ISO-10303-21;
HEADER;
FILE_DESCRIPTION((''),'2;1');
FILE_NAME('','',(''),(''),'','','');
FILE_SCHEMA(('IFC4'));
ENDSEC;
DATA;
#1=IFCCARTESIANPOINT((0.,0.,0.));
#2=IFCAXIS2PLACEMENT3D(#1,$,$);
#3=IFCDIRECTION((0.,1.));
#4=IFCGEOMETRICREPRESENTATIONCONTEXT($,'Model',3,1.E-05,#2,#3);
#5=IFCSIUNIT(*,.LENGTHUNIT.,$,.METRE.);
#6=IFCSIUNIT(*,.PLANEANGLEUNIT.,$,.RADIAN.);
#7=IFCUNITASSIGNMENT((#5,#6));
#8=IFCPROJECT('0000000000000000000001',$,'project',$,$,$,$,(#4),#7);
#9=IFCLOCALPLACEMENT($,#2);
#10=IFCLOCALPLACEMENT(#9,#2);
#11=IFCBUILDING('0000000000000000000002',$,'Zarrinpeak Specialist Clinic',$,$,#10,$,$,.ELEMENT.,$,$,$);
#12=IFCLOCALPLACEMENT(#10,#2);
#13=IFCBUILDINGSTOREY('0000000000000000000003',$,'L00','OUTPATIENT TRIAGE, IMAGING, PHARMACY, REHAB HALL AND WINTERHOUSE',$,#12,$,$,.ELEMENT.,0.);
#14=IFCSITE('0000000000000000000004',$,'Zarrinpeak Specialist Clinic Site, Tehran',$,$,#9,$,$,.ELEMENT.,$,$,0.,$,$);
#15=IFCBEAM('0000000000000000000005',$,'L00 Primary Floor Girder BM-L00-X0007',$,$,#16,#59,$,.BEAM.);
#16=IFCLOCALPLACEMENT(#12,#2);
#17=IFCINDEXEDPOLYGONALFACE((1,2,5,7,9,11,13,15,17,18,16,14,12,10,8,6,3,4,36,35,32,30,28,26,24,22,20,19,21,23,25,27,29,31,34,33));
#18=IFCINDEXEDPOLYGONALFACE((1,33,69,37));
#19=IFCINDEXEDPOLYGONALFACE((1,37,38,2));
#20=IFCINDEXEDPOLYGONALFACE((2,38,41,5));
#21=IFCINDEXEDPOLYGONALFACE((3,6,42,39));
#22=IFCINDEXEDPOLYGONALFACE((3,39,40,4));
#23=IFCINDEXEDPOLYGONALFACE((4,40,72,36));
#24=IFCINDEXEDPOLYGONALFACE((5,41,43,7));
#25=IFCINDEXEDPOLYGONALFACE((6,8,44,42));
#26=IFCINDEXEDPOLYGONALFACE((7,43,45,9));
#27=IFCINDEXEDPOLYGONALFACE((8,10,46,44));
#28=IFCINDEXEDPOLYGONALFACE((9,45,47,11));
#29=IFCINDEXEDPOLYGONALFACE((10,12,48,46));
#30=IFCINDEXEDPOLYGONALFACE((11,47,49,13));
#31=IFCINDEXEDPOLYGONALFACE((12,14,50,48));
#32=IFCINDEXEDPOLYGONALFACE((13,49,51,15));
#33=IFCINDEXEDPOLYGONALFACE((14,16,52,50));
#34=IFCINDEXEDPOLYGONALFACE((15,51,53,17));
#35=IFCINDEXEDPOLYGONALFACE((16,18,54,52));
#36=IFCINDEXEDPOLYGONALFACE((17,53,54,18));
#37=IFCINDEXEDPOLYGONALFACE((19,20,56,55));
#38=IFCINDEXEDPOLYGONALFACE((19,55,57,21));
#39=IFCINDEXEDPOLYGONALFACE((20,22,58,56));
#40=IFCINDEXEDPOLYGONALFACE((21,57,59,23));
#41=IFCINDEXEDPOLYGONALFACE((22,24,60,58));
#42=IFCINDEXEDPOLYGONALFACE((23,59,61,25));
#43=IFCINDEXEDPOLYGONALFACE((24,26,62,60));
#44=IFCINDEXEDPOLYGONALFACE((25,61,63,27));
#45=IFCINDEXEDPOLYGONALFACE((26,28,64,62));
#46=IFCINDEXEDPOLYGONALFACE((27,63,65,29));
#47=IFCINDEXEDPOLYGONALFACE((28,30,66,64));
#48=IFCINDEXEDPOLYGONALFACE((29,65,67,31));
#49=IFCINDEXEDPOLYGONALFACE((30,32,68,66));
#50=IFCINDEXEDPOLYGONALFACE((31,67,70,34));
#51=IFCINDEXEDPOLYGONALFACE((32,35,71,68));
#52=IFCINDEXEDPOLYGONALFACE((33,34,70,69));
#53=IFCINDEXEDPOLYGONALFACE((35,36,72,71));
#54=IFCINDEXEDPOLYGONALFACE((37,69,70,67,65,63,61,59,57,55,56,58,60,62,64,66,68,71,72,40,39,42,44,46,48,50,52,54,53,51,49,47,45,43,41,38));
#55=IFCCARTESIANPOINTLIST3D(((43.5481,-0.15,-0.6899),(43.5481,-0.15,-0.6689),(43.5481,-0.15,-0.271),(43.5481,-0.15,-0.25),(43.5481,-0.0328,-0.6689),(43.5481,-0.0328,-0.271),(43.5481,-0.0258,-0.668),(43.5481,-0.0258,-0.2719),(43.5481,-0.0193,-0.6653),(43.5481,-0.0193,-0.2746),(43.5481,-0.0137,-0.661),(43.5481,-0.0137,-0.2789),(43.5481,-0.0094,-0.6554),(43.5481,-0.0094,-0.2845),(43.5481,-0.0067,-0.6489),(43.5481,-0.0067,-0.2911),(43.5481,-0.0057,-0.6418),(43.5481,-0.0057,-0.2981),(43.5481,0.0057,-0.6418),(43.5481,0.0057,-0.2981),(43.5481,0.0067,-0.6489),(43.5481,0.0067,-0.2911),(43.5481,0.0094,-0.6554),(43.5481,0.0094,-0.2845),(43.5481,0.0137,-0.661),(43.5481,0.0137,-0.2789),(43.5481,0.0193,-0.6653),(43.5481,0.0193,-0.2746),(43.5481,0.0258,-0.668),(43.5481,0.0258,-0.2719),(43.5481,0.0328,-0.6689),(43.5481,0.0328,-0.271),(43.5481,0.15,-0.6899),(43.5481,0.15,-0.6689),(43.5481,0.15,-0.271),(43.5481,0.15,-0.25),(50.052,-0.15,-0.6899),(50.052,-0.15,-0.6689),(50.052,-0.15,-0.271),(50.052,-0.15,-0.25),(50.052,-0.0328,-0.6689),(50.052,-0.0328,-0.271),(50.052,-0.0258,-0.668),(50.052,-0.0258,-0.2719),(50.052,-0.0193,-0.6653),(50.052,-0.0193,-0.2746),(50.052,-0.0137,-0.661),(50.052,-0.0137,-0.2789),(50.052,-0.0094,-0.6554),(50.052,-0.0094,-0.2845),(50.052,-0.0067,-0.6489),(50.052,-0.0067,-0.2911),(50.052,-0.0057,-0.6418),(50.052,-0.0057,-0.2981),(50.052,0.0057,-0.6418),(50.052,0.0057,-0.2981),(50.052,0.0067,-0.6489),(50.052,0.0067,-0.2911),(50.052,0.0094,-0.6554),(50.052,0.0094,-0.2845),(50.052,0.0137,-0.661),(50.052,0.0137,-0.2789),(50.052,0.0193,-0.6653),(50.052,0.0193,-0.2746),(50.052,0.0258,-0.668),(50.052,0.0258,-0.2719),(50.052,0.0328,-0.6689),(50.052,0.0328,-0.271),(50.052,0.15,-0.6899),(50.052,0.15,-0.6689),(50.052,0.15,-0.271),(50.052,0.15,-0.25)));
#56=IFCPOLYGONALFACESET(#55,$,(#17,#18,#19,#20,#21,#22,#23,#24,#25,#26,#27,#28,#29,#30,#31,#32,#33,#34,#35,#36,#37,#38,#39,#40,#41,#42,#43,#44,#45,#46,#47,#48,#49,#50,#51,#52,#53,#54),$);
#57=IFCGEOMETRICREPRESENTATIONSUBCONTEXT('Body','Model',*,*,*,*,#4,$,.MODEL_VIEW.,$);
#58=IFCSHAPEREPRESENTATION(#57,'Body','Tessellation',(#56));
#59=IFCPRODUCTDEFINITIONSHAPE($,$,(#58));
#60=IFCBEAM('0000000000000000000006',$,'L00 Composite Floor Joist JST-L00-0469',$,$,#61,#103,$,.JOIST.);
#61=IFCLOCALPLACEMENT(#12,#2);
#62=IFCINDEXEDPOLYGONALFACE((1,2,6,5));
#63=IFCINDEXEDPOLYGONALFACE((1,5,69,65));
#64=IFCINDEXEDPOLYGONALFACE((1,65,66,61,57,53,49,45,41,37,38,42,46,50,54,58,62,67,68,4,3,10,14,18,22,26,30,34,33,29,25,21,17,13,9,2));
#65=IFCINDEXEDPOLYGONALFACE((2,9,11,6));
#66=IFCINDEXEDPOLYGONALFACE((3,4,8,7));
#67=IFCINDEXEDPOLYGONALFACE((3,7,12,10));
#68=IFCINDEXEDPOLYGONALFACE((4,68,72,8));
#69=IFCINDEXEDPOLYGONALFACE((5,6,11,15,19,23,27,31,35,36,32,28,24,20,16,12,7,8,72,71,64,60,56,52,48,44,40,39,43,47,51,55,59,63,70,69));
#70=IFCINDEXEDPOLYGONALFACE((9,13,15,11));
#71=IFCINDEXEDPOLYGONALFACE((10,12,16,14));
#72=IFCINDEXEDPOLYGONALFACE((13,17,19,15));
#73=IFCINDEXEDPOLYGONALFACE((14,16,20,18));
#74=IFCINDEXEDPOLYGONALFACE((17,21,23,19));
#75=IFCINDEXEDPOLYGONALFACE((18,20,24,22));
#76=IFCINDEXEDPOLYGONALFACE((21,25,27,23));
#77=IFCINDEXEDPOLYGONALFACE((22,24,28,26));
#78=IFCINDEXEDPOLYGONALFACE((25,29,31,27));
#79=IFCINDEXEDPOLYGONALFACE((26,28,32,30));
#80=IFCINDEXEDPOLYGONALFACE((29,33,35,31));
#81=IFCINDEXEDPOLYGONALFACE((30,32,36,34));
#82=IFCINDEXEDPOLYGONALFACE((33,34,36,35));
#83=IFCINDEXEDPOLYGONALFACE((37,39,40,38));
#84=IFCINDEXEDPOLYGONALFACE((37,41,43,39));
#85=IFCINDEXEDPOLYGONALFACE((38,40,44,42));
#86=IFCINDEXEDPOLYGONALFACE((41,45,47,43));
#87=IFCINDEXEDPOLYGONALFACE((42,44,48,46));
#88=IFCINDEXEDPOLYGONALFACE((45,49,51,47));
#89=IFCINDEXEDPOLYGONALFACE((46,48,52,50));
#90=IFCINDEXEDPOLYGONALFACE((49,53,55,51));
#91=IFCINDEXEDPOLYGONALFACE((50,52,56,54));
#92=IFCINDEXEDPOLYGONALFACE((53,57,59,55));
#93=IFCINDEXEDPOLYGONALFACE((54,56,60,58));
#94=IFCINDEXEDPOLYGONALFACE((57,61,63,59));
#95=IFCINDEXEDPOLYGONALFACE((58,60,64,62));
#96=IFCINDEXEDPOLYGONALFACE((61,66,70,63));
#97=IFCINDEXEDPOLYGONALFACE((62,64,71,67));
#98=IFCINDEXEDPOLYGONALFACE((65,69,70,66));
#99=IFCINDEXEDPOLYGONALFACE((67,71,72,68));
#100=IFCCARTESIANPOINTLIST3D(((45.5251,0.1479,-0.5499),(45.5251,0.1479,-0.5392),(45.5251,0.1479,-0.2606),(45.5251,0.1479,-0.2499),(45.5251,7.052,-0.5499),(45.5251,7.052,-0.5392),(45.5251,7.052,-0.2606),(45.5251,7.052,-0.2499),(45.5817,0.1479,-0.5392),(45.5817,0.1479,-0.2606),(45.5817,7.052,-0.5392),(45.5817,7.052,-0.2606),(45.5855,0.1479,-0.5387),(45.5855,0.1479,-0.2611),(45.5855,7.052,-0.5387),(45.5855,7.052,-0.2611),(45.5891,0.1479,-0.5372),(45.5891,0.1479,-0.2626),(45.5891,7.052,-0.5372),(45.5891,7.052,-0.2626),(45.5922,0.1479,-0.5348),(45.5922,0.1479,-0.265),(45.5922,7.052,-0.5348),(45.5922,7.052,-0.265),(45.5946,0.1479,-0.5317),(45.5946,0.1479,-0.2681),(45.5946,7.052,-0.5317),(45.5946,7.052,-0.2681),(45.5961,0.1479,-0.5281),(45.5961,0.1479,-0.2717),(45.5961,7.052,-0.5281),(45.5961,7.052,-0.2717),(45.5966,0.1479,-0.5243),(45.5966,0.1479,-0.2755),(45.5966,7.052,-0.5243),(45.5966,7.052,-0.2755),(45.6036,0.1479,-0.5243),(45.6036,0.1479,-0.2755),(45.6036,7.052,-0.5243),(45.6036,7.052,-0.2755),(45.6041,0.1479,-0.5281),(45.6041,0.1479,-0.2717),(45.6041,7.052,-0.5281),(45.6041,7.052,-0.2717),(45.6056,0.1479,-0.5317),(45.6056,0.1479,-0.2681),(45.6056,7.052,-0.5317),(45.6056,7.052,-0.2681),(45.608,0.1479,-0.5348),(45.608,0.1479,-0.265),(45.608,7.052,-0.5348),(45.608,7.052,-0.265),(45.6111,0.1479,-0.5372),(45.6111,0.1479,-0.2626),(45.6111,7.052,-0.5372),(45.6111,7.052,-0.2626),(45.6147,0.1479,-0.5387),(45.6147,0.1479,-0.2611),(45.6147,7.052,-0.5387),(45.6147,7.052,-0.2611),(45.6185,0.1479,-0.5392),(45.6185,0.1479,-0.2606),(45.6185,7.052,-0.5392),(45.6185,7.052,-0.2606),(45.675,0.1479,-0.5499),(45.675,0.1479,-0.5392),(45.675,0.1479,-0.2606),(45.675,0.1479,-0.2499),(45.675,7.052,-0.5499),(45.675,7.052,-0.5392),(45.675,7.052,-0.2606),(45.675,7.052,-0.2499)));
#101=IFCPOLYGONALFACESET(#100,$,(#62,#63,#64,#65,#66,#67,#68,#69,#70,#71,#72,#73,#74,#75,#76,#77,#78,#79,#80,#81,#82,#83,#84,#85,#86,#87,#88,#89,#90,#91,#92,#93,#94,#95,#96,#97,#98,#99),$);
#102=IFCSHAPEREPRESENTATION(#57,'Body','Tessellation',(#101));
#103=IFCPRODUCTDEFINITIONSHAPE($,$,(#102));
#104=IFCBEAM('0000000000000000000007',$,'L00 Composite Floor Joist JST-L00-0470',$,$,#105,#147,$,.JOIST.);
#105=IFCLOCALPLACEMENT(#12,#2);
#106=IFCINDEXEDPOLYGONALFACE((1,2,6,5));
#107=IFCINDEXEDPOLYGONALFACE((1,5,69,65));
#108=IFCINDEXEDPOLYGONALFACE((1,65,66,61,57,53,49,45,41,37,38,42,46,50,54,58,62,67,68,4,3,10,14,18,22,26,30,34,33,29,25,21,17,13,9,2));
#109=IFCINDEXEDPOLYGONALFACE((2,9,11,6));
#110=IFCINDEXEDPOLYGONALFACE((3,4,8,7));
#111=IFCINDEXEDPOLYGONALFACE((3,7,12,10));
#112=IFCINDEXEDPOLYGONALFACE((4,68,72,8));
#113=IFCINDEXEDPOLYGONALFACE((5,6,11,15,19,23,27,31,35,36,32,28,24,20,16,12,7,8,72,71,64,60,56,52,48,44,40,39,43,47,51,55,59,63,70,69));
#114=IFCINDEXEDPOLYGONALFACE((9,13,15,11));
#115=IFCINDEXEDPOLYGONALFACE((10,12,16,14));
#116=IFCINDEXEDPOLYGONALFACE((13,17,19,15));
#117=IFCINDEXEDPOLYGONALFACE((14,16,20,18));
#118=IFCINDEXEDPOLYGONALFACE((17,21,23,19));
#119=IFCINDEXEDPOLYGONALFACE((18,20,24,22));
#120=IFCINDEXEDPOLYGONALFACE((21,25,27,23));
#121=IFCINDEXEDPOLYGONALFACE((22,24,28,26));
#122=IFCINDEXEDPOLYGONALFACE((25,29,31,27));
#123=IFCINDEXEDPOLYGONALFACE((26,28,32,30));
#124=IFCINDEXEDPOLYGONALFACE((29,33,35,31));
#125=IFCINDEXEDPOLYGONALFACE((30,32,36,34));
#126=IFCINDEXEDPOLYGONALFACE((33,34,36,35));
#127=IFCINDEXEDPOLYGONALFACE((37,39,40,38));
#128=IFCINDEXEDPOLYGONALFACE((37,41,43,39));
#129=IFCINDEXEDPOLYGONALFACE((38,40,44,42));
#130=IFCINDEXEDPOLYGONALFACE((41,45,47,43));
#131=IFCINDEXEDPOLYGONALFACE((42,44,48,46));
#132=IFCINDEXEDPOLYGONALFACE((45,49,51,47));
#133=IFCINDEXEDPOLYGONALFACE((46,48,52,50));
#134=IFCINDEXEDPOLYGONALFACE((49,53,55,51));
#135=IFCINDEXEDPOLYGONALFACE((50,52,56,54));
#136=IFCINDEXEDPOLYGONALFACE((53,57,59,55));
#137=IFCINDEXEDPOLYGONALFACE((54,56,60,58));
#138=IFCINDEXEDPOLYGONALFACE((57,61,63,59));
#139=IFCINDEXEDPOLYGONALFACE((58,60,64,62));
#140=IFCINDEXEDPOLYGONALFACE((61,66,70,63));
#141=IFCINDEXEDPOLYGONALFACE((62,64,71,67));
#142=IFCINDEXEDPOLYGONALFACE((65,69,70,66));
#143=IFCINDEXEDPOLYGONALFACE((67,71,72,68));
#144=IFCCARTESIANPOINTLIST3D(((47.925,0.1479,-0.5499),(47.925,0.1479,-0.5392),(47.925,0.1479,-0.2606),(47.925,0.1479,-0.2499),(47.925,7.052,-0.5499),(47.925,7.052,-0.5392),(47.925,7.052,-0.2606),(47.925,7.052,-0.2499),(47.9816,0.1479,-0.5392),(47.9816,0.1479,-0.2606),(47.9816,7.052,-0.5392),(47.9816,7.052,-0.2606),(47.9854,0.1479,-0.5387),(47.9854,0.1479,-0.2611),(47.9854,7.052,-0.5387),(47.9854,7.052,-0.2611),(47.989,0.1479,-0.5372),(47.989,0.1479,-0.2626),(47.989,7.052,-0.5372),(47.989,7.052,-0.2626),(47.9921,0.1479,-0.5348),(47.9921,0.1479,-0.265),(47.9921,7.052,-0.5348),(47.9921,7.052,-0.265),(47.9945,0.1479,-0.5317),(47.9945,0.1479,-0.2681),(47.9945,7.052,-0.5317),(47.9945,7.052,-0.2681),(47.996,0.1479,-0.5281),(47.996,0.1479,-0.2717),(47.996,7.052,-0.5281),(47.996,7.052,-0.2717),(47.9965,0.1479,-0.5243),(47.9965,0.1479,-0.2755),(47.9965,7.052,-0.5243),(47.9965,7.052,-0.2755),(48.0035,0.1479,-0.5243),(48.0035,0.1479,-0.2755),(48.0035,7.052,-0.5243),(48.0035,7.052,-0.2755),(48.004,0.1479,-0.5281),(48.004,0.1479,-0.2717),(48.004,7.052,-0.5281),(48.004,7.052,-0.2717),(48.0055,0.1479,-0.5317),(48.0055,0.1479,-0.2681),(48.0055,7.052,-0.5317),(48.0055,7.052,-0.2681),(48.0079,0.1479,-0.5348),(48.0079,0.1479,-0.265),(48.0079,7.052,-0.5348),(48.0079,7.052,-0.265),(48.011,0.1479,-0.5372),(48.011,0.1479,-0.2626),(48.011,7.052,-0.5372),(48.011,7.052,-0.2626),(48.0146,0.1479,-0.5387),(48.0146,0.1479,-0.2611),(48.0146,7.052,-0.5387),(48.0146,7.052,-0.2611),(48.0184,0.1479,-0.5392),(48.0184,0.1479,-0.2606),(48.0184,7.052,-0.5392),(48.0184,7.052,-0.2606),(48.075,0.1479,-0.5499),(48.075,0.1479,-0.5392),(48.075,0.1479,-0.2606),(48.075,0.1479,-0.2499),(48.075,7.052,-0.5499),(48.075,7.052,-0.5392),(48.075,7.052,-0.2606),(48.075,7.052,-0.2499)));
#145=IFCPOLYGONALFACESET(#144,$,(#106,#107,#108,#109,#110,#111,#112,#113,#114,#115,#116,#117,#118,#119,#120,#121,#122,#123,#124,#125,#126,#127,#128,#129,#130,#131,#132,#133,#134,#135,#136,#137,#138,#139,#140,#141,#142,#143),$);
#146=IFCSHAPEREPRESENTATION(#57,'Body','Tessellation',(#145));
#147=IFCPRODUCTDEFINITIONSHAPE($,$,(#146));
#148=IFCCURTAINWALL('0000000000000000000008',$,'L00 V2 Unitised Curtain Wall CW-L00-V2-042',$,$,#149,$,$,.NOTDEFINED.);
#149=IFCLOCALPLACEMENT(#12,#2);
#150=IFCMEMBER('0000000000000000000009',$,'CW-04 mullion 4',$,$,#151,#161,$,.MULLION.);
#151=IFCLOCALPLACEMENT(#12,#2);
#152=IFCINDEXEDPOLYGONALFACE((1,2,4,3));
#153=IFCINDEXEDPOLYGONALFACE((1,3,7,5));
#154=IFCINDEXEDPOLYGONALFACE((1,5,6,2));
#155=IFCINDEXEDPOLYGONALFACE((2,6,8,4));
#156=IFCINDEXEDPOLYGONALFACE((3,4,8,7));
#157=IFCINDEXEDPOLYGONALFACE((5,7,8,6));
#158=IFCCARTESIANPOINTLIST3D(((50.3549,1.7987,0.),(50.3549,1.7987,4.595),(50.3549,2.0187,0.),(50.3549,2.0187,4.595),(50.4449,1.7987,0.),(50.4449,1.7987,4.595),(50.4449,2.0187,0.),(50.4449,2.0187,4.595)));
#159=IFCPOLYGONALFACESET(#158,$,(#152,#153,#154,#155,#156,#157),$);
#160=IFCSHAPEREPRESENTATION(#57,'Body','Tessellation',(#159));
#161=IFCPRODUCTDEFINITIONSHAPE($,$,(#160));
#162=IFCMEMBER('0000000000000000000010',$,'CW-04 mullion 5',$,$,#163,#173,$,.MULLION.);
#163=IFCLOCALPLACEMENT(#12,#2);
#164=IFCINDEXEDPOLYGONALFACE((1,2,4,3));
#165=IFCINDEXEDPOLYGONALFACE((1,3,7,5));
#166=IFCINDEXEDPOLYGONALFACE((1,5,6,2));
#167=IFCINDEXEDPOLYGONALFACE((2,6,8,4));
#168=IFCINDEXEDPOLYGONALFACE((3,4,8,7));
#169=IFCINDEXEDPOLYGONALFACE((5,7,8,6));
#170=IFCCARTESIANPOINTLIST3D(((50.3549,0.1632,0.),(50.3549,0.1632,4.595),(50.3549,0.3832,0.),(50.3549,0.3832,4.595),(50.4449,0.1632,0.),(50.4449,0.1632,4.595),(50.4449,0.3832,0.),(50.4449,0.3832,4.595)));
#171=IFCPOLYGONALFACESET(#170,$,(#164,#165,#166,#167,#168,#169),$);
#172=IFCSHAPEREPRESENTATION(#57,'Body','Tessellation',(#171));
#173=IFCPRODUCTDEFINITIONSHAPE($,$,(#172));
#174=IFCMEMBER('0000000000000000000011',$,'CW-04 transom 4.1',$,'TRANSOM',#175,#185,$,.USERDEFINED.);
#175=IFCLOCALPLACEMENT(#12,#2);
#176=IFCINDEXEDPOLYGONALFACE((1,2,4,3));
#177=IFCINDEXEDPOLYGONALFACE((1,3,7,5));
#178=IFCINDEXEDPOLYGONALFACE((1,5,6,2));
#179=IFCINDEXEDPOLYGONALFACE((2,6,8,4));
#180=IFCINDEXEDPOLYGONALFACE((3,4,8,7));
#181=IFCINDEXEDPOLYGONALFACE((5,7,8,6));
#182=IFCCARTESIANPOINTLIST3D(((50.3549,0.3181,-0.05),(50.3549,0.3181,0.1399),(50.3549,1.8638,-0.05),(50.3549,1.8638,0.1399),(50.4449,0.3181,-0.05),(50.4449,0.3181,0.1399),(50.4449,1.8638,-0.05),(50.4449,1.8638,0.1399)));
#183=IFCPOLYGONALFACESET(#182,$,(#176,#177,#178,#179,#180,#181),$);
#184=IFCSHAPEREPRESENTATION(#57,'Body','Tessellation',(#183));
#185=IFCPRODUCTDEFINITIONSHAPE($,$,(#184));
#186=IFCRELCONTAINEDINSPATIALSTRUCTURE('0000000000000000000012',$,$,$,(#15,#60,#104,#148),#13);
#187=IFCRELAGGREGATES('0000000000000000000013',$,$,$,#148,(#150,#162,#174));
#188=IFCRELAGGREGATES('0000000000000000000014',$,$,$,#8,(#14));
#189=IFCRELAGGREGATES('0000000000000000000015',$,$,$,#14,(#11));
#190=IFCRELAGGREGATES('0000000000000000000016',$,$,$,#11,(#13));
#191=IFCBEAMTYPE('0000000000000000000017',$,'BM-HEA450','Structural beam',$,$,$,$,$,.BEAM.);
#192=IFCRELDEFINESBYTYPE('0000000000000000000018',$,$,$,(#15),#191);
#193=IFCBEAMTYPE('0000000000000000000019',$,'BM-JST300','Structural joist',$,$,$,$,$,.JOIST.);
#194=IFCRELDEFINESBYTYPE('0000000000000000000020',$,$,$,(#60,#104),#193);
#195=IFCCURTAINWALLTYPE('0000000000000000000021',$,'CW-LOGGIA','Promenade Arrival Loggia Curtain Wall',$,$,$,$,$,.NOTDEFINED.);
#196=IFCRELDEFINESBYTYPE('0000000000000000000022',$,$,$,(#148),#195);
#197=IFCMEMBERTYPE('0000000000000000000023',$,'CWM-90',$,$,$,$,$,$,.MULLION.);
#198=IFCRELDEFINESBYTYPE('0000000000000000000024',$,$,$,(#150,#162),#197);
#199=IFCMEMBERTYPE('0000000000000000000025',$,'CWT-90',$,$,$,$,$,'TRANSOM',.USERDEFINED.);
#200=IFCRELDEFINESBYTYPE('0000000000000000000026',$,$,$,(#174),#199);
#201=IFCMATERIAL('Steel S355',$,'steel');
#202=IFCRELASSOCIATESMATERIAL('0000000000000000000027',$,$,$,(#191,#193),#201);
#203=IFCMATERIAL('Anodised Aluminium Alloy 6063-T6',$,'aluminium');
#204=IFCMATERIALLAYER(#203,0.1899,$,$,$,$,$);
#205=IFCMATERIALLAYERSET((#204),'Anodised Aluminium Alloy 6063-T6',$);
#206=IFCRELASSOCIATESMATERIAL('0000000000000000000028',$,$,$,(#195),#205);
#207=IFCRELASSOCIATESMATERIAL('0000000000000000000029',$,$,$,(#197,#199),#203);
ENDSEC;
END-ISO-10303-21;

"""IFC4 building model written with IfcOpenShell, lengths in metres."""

from ifc_helpers import new_model, si_unit, direction, frame, origin, origin_2d, place, context, subcontext, project, spatial, rectangle, i_section, extrude, material, layer, layer_set, material_profile, profile_set, type_object, element, aggregate, save


model = new_model("IFC4")

# Units and contexts
model_context = context("Model", 3, precision=1e-05, world=origin(), true_north=direction((0.0, 1.0)))
body_context = subcontext(model_context, "Body", "Model", "MODEL_VIEW")
ifc_project = project(units=[si_unit("LENGTHUNIT", "METRE"), si_unit("PLANEANGLEUNIT", "RADIAN")], contexts=[model_context])

# Site, building, storey
site_placement = place(None, origin())
site = spatial("IfcSite", under=ifc_project, at=site_placement, Name="Zarrinpeak Specialist Clinic Site, Tehran", CompositionType="ELEMENT", RefElevation=0.0)
building_placement = place(site_placement, origin())
building = spatial("IfcBuilding", under=site, at=building_placement, Name="Zarrinpeak Specialist Clinic", CompositionType="ELEMENT")
storey_placement = place(building_placement, origin())
storey = spatial("IfcBuildingStorey", under=building, at=storey_placement, Name="L00", Description="OUTPATIENT TRIAGE, IMAGING, PHARMACY, REHAB HALL AND WINTERHOUSE", CompositionType="ELEMENT", Elevation=0.0)

# Shared definitions
ifc_material_1 = material(Name="Steel S355", Category="steel")

# Beams
ifc_material_profile_1 = material_profile(ifc_material_1, i_section(OverallWidth=0.3, OverallDepth=0.4399, WebThickness=0.0115, FlangeThickness=0.021, FilletRadius=0.0271, at=origin_2d()), Name="HEA 450")
ifc_profile_set_1 = profile_set([ifc_material_profile_1], Name="Steel S355")
beam_type_1 = type_object("IfcBeamType", Name="BM-HEA450", Description="Structural beam", PredefinedType="BEAM", material=ifc_profile_set_1)
beam_1_placement = place(storey_placement, frame((43.5481, 0.0, -0.47), z_axis=(1.0, 0.0, 0.0), x_axis=(0.0, 1.0, 0.0)))
element("IfcBeam", 1, at=beam_1_placement, inside=storey, type_object=beam_type_1, Name="L00 Primary Floor Girder BM-L00-X0007", PredefinedType="BEAM", context=body_context, shape_type="SweptSolid", body=[
    extrude(i_section(OverallWidth=0.3, OverallDepth=0.4399, WebThickness=0.0115, FlangeThickness=0.021, FilletRadius=0.0271, at=origin_2d()), origin(), (0.0, 0.0, 1.0), 6.5039),
])
ifc_material_profile_2 = material_profile(ifc_material_1, i_section(OverallWidth=0.1499, OverallDepth=0.3, WebThickness=0.0071, FlangeThickness=0.0107, FilletRadius=0.0149, at=origin_2d()), Name="IPE 300")
ifc_profile_set_2 = profile_set([ifc_material_profile_2], Name="Steel S355")
beam_type_2 = type_object("IfcBeamType", Name="BM-JST300", Description="Structural joist", PredefinedType="JOIST", material=ifc_profile_set_2)
for number, where, z_axis, x_axis, name in (
    (2, (45.6001, 0.1479, -0.3999), (0.0, 1.0, 0.0), (-1.0, 0.0, 0.0), "L00 Composite Floor Joist JST-L00-0469"),
    (3, (48.0, 0.1479, -0.3999), (0.0, 1.0, 0.0), (-1.0, 0.0, 0.0), "L00 Composite Floor Joist JST-L00-0470"),
):
    element("IfcBeam", number, at=place(storey_placement, frame(where, z_axis=z_axis, x_axis=x_axis)), inside=storey, type_object=beam_type_2, Name=name, PredefinedType="JOIST", context=body_context, shape_type="SweptSolid", body=[
        extrude(i_section(OverallWidth=0.1499, OverallDepth=0.3, WebThickness=0.0071, FlangeThickness=0.0107, FilletRadius=0.0149, at=origin_2d()), origin(), (0.0, 0.0, 1.0), 6.9041),
    ])

# Curtain wall, members
ifc_material_2 = material(Name="Anodised Aluminium Alloy 6063-T6", Category="aluminium")
ifc_layer_1 = layer(ifc_material_2, 0.1899)
ifc_layer_set_1 = layer_set([ifc_layer_1], Name="Anodised Aluminium Alloy 6063-T6")
curtain_wall_type = type_object("IfcCurtainWallType", Name="CW-LOGGIA", Description="Promenade Arrival Loggia Curtain Wall", PredefinedType="NOTDEFINED", material=ifc_layer_set_1)
curtain_wall_placement = place(storey_placement, origin())
curtain_wall = element("IfcCurtainWall", 4, at=curtain_wall_placement, inside=storey, type_object=curtain_wall_type, Name="L00 V2 Unitised Curtain Wall CW-L00-V2-042", PredefinedType="NOTDEFINED")
ifc_material_profile_3 = material_profile(ifc_material_2, rectangle(XDim=0.0901, YDim=0.22, at=origin_2d()), Name="ALU 90x220")
ifc_profile_set_3 = profile_set([ifc_material_profile_3], Name="Anodised Aluminium Alloy 6063-T6")
member_type_1 = type_object("IfcMemberType", Name="CWM-90", PredefinedType="MULLION", material=ifc_profile_set_3)
member_1_placement = place(storey_placement, frame((50.3999, 1.9087, 0.0), z_axis=(0.0, 0.0, 1.0), x_axis=(1.0, 0.0, 0.0)))
member_1 = element("IfcMember", 5, at=member_1_placement, type_object=member_type_1, Name="CW-04 mullion 4", PredefinedType="MULLION", context=body_context, shape_type="SweptSolid", body=[
    extrude(rectangle(XDim=0.0901, YDim=0.22, at=origin_2d()), origin(), (0.0, 0.0, 1.0), 4.595),
])
member_2_placement = place(storey_placement, frame((50.3999, 0.2732, 0.0), z_axis=(0.0, 0.0, 1.0), x_axis=(1.0, 0.0, 0.0)))
member_2 = element("IfcMember", 6, at=member_2_placement, type_object=member_type_1, Name="CW-04 mullion 5", PredefinedType="MULLION", context=body_context, shape_type="SweptSolid", body=[
    extrude(rectangle(XDim=0.0901, YDim=0.22, at=origin_2d()), origin(), (0.0, 0.0, 1.0), 4.595),
])
ifc_material_profile_4 = material_profile(ifc_material_2, rectangle(XDim=0.0901, YDim=0.1899, at=origin_2d()), Name="ALU 90x190")
ifc_profile_set_4 = profile_set([ifc_material_profile_4], Name="Anodised Aluminium Alloy 6063-T6")
member_type_2 = type_object("IfcMemberType", Name="CWT-90", ElementType="TRANSOM", PredefinedType="USERDEFINED", material=ifc_profile_set_4)
member_3_placement = place(storey_placement, frame((50.3999, 1.8638, 0.0449), z_axis=(0.0, -1.0, 0.0), x_axis=(1.0, 0.0, 0.0)))
member_3 = element("IfcMember", 7, at=member_3_placement, type_object=member_type_2, Name="CW-04 transom 4.1", ObjectType="TRANSOM", PredefinedType="USERDEFINED", context=body_context, shape_type="SweptSolid", body=[
    extrude(rectangle(XDim=0.0901, YDim=0.1899, at=origin_2d()), origin(), (0.0, 0.0, 1.0), 1.5457),
])
aggregate(curtain_wall, [member_1, member_2, member_3])

save(model, "model.ifc")
